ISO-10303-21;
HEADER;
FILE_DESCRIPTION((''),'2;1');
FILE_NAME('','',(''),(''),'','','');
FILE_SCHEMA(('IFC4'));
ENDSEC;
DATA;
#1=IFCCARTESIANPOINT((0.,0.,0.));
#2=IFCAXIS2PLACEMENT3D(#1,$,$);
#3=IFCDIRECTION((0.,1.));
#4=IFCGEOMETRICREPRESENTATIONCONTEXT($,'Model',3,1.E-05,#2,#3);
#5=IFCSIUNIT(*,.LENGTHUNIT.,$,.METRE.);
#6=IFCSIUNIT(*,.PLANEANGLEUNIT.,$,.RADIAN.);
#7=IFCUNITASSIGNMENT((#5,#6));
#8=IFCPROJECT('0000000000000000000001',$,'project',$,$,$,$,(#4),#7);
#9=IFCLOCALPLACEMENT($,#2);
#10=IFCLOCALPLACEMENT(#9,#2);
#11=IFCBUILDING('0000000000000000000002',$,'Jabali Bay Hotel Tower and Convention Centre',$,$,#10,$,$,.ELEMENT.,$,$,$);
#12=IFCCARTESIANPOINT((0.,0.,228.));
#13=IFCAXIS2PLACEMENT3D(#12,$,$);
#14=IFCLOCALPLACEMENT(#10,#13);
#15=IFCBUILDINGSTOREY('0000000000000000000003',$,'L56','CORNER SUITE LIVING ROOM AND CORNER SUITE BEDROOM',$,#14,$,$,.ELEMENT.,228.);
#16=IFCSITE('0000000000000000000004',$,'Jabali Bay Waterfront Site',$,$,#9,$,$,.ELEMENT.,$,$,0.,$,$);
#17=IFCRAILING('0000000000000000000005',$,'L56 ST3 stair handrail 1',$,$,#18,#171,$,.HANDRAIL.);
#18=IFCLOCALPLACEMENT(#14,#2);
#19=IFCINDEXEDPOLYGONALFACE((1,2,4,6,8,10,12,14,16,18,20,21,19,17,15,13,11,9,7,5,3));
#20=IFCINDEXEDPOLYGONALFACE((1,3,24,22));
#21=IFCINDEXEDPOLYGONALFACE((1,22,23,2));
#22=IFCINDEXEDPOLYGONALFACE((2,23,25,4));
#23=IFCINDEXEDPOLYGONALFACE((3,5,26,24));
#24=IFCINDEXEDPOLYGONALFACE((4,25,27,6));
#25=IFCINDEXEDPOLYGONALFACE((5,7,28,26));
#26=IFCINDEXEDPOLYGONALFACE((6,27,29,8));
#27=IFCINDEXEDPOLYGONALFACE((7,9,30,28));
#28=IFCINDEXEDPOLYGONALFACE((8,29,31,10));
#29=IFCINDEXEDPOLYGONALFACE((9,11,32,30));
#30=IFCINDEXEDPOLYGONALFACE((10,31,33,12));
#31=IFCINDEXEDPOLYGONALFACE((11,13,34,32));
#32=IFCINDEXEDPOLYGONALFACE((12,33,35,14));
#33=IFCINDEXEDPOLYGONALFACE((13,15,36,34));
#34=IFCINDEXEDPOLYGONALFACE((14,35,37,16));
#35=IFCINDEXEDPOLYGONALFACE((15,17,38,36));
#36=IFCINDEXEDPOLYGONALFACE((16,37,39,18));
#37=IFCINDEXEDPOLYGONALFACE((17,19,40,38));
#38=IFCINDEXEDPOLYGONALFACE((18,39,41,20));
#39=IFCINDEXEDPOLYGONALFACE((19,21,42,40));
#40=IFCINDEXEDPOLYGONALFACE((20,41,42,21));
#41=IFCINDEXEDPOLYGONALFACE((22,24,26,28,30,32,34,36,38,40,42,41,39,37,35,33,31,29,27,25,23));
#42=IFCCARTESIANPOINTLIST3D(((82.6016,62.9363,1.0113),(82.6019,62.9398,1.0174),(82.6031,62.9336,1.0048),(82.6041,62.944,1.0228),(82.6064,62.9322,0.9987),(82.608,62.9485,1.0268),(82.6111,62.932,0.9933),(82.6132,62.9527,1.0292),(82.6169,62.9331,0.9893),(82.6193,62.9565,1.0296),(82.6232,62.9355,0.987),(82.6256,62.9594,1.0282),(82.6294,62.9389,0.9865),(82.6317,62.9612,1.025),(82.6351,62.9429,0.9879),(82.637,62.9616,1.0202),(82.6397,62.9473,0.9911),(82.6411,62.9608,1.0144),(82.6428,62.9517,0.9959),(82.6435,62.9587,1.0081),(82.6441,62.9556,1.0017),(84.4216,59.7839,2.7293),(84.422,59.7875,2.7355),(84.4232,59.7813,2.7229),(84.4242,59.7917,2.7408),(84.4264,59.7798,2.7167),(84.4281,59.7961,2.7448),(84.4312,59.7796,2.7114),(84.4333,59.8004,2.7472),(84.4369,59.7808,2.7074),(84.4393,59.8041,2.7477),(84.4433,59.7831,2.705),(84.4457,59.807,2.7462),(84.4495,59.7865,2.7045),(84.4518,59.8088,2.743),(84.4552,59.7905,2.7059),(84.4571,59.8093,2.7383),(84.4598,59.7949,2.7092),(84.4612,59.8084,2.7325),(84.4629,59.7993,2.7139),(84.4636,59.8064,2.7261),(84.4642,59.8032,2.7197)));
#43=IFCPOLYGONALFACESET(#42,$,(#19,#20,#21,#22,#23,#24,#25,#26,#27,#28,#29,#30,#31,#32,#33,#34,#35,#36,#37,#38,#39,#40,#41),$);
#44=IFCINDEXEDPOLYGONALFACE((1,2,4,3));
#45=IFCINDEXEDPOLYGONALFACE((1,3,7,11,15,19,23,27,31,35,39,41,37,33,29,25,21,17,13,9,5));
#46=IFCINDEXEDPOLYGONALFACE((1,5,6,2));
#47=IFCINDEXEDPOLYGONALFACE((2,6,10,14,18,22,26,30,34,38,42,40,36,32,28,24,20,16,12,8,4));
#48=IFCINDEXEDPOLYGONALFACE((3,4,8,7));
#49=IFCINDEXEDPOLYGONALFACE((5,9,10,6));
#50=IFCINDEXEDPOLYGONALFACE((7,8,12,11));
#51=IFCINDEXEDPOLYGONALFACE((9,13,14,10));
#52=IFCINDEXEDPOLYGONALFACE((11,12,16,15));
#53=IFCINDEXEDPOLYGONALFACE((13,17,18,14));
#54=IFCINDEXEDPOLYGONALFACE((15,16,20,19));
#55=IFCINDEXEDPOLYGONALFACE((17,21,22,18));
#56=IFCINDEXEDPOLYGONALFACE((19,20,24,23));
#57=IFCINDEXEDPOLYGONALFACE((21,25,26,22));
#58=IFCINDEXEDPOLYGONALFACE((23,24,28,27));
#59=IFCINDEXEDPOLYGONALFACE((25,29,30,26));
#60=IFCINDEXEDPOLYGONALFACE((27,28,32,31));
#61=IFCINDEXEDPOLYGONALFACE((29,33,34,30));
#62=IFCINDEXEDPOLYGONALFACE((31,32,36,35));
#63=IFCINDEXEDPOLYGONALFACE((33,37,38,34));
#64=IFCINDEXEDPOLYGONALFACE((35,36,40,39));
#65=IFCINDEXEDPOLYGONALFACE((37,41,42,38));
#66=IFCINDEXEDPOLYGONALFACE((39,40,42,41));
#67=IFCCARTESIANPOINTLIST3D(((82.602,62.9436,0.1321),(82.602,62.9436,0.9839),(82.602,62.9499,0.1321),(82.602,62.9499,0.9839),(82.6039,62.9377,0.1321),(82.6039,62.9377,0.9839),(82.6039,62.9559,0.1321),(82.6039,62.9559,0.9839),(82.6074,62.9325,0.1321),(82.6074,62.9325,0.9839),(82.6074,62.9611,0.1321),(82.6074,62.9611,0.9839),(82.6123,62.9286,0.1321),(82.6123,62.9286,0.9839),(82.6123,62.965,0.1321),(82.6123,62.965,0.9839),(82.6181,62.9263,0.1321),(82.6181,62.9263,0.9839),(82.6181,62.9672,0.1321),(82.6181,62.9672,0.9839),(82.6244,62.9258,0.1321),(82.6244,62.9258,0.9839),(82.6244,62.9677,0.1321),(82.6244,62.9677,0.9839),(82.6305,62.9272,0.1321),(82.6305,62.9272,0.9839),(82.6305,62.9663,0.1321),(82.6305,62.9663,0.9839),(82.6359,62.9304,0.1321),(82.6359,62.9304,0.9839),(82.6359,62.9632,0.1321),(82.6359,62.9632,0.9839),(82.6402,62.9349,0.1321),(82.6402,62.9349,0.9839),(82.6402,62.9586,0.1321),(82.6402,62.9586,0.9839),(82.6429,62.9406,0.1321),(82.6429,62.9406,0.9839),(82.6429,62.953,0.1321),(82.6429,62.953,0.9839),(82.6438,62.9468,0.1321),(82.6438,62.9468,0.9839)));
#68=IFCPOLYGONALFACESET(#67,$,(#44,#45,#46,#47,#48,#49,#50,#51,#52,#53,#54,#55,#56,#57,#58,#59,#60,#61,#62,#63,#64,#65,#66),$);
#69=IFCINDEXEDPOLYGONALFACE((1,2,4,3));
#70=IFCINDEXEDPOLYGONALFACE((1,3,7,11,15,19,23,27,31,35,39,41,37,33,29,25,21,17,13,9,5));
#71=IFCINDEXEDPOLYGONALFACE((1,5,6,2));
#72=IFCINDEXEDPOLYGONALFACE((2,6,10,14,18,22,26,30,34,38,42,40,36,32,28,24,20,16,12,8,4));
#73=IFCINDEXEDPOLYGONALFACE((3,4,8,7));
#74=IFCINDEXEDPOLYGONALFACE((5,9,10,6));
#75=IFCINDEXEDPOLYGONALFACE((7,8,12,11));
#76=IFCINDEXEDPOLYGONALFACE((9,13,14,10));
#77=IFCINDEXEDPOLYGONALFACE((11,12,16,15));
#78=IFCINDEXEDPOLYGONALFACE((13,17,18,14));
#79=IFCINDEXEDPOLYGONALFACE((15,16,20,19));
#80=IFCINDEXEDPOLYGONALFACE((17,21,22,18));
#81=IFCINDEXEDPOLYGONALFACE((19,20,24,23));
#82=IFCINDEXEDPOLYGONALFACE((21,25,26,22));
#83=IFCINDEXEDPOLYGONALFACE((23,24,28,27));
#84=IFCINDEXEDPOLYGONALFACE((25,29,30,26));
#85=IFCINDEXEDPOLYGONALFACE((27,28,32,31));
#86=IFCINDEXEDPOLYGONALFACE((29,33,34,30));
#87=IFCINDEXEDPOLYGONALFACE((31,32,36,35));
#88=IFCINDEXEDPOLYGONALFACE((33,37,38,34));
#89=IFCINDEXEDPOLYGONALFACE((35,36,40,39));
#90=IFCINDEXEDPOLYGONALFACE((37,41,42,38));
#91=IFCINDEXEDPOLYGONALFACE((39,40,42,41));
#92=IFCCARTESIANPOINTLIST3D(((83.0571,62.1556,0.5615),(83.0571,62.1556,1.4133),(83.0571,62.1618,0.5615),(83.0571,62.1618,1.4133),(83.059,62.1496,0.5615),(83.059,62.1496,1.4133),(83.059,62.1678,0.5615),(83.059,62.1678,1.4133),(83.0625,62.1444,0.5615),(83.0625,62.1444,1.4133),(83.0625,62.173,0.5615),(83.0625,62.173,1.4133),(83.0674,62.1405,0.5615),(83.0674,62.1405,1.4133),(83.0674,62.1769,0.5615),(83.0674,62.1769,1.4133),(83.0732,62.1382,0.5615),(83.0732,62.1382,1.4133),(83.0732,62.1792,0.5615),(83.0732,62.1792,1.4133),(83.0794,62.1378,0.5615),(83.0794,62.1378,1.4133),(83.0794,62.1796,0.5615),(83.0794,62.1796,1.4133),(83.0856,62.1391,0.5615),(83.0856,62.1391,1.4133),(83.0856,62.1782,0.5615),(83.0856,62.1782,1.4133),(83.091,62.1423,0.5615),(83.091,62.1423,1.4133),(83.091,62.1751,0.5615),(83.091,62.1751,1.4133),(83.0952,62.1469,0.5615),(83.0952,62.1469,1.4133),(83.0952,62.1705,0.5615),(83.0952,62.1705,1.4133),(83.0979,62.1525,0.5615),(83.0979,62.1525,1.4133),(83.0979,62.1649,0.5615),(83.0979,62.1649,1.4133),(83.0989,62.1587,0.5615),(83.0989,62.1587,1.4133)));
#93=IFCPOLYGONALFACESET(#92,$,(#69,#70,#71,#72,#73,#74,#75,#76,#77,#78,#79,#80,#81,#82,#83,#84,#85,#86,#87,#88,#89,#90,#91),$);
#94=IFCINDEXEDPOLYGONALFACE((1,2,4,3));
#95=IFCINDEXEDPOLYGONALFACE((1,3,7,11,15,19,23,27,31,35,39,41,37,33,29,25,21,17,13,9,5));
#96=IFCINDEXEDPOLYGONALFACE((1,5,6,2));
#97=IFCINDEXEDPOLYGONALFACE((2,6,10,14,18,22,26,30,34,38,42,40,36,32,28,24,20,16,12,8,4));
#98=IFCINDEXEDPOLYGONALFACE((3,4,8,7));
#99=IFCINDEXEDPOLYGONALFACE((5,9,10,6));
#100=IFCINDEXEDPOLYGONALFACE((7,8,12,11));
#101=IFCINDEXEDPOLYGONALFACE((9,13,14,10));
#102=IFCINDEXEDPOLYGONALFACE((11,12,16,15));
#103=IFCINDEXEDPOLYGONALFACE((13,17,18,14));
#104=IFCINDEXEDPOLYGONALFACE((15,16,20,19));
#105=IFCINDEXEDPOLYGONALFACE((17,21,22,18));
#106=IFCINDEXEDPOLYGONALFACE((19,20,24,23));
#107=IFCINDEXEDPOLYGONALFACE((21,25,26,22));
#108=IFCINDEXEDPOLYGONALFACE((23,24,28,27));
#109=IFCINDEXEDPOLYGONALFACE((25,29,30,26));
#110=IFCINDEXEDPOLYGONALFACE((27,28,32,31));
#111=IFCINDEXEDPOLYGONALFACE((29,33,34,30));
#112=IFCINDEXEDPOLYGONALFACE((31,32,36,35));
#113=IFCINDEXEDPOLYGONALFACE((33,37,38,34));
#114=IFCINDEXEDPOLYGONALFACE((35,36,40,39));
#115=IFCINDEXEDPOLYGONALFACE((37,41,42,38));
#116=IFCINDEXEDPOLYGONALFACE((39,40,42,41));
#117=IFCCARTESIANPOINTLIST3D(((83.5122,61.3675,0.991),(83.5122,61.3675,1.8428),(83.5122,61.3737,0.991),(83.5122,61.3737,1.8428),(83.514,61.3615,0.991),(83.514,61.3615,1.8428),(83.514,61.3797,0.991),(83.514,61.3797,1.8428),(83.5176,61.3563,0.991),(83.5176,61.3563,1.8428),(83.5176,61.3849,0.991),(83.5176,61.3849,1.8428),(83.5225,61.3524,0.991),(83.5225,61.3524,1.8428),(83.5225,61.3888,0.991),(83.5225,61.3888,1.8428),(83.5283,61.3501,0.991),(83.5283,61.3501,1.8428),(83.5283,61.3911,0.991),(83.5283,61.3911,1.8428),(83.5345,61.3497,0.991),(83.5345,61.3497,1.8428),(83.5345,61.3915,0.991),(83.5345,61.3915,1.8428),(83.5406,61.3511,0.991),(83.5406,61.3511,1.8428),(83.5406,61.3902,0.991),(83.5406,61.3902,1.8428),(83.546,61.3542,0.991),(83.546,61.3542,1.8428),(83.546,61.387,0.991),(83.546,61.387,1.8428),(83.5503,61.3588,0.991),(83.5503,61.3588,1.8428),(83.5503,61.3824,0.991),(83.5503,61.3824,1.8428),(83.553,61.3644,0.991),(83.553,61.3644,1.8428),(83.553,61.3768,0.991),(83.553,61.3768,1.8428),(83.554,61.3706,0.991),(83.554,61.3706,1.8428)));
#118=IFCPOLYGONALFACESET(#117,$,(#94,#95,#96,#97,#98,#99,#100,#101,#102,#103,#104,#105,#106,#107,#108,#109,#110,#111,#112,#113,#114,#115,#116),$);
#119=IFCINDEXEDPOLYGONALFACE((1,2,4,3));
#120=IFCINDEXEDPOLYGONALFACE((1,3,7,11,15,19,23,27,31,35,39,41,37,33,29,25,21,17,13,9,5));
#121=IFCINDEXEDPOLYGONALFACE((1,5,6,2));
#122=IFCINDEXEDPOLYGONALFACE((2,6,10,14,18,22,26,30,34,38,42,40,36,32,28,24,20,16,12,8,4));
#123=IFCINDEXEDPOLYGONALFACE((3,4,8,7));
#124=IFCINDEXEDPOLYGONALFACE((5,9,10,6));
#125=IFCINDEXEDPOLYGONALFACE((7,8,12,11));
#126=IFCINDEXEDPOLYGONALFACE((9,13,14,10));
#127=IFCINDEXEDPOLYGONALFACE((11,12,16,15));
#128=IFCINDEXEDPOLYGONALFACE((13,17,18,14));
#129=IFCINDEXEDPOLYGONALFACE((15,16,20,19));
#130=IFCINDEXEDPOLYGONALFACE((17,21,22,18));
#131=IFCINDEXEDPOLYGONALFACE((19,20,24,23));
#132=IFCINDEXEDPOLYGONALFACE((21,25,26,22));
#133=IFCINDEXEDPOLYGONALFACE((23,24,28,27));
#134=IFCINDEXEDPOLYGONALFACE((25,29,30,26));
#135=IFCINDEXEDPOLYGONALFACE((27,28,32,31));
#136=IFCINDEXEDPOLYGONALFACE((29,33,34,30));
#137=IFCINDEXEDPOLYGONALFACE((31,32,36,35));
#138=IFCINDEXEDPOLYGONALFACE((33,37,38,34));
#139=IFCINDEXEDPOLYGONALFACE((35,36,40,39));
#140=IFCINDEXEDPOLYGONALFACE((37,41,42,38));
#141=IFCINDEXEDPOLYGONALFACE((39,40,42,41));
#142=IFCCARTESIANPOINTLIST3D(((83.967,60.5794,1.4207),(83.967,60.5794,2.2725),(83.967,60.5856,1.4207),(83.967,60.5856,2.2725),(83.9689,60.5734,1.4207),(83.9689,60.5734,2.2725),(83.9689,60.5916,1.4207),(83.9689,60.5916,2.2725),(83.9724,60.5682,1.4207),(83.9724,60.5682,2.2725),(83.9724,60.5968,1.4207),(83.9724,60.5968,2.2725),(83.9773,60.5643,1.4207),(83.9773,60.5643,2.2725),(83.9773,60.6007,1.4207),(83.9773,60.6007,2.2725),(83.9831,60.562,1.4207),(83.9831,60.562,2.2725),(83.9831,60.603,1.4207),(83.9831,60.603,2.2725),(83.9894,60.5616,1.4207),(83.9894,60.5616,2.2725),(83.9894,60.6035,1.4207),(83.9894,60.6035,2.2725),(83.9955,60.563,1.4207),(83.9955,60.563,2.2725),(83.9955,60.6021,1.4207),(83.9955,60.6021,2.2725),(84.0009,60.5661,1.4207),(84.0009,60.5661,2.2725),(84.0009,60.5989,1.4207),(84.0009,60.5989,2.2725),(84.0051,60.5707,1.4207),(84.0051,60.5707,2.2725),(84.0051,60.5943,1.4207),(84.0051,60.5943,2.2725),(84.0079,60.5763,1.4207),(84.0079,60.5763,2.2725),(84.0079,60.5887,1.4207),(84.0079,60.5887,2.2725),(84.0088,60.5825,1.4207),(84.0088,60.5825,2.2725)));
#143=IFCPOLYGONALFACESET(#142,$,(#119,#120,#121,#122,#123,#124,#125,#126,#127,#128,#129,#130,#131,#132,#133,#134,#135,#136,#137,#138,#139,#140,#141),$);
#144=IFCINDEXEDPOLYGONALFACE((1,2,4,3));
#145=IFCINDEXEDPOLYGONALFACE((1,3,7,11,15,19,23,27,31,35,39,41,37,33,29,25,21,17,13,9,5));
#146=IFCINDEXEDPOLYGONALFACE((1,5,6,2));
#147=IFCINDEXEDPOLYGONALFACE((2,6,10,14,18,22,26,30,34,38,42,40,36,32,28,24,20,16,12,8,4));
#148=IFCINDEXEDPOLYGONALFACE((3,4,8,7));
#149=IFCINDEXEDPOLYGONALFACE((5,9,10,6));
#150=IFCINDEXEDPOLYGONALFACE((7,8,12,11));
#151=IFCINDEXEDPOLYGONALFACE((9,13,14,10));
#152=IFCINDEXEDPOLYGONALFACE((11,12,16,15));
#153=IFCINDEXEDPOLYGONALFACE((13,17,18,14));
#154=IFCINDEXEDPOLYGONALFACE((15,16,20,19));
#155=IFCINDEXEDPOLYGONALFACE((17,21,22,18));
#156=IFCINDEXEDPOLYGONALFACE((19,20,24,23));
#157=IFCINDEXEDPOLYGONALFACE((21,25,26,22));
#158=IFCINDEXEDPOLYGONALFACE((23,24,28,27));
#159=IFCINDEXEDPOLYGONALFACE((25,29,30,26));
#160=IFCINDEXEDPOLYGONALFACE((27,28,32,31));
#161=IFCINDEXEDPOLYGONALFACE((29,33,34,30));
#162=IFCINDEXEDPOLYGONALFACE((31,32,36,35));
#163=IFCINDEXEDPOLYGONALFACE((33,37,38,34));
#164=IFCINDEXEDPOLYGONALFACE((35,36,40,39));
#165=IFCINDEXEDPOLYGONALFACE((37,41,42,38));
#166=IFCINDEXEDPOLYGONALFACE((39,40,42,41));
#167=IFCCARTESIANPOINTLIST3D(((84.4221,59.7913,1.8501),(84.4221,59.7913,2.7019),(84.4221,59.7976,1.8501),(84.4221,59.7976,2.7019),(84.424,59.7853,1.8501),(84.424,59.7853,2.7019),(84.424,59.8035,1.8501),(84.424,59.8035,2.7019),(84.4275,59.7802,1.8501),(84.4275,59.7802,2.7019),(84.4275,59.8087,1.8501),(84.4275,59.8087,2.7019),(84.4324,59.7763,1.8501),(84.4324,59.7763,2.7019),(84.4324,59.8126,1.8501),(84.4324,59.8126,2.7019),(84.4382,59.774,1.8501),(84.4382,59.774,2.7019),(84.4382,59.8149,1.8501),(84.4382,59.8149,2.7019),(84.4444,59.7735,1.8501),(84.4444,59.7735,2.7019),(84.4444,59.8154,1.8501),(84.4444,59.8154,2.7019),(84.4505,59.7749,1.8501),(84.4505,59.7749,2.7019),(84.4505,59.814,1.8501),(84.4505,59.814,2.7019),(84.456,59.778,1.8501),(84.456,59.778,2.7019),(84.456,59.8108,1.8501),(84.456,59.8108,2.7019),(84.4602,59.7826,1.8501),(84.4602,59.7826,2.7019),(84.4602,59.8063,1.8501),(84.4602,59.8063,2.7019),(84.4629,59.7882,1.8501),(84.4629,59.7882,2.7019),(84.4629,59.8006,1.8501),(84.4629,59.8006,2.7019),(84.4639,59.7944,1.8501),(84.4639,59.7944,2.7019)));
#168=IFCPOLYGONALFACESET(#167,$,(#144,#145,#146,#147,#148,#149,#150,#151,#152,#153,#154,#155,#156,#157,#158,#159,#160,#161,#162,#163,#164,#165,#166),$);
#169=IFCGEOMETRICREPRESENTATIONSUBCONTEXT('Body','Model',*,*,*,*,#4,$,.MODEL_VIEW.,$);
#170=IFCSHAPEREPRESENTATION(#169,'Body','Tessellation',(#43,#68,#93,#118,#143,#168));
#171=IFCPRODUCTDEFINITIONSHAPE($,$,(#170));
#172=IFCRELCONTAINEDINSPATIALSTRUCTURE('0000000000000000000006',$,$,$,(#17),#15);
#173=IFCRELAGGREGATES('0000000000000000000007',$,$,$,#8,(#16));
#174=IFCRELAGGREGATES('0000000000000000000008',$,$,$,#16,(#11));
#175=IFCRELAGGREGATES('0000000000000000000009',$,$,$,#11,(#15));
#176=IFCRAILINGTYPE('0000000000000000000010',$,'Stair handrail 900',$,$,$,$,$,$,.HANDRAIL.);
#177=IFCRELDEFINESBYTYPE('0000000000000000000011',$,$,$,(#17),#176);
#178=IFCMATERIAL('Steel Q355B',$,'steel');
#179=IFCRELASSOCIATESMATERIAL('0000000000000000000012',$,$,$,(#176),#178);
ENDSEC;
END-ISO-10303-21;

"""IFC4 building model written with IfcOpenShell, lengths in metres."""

from ifc_helpers import new_model, si_unit, direction, frame, origin, origin_2d, place, context, subcontext, project, spatial, circle, extrude, material, type_object, element, save


model = new_model("IFC4")

# Units and contexts
model_context = context("Model", 3, precision=1e-05, world=origin(), true_north=direction((0.0, 1.0)))
body_context = subcontext(model_context, "Body", "Model", "MODEL_VIEW")
ifc_project = project(units=[si_unit("LENGTHUNIT", "METRE"), si_unit("PLANEANGLEUNIT", "RADIAN")], contexts=[model_context])

# Site, building, storey
site_placement = place(None, origin())
site = spatial("IfcSite", under=ifc_project, at=site_placement, Name="Jabali Bay Waterfront Site", CompositionType="ELEMENT", RefElevation=0.0)
building_placement = place(site_placement, origin())
building = spatial("IfcBuilding", under=site, at=building_placement, Name="Jabali Bay Hotel Tower and Convention Centre", CompositionType="ELEMENT")
storey_placement = place(building_placement, frame((0.0, 0.0, 228.0)))
storey = spatial("IfcBuildingStorey", under=building, at=storey_placement, Name="L56", Description="CORNER SUITE LIVING ROOM AND CORNER SUITE BEDROOM", CompositionType="ELEMENT", Elevation=228.0)

# Railing
ifc_material_1 = material(Name="Steel Q355B", Category="steel")
railing_type_1 = type_object("IfcRailingType", Name="Stair handrail 900", PredefinedType="HANDRAIL", material=ifc_material_1)
railing_1_placement = place(storey_placement, frame((82.6228, 62.9468, 0.1321)))
element("IfcRailing", 1, at=railing_1_placement, inside=storey, type_object=railing_type_1, Name="L56 ST3 stair handrail 1", PredefinedType="HANDRAIL", context=body_context, shape_type="SweptSolid", body=[
    extrude(circle(Radius=0.0239, at=origin_2d()), frame((0.0, 0.0, 0.876), z_axis=(0.452179, -0.78317, 0.426825), x_axis=(0.866018, 0.500013, 0.0)), (0.0, 0.0, 1.0), 4.0251),
    extrude(circle(Radius=0.021, at=origin_2d()), origin(), (0.0, 0.0, 1.0), 0.8518),
    extrude(circle(Radius=0.021, at=origin_2d()), frame((0.4551, -0.7881, 0.4294)), (0.0, 0.0, 1.0), 0.8518),
    extrude(circle(Radius=0.021, at=origin_2d()), frame((0.9102, -1.5762, 0.8589)), (0.0, 0.0, 1.0), 0.8518),
    extrude(circle(Radius=0.021, at=origin_2d()), frame((1.365, -2.3643, 1.2886)), (0.0, 0.0, 1.0), 0.8518),
    extrude(circle(Radius=0.021, at=origin_2d()), frame((1.8201, -3.1523, 1.718)), (0.0, 0.0, 1.0), 0.8518),
])

save(model, "model.ifc")
